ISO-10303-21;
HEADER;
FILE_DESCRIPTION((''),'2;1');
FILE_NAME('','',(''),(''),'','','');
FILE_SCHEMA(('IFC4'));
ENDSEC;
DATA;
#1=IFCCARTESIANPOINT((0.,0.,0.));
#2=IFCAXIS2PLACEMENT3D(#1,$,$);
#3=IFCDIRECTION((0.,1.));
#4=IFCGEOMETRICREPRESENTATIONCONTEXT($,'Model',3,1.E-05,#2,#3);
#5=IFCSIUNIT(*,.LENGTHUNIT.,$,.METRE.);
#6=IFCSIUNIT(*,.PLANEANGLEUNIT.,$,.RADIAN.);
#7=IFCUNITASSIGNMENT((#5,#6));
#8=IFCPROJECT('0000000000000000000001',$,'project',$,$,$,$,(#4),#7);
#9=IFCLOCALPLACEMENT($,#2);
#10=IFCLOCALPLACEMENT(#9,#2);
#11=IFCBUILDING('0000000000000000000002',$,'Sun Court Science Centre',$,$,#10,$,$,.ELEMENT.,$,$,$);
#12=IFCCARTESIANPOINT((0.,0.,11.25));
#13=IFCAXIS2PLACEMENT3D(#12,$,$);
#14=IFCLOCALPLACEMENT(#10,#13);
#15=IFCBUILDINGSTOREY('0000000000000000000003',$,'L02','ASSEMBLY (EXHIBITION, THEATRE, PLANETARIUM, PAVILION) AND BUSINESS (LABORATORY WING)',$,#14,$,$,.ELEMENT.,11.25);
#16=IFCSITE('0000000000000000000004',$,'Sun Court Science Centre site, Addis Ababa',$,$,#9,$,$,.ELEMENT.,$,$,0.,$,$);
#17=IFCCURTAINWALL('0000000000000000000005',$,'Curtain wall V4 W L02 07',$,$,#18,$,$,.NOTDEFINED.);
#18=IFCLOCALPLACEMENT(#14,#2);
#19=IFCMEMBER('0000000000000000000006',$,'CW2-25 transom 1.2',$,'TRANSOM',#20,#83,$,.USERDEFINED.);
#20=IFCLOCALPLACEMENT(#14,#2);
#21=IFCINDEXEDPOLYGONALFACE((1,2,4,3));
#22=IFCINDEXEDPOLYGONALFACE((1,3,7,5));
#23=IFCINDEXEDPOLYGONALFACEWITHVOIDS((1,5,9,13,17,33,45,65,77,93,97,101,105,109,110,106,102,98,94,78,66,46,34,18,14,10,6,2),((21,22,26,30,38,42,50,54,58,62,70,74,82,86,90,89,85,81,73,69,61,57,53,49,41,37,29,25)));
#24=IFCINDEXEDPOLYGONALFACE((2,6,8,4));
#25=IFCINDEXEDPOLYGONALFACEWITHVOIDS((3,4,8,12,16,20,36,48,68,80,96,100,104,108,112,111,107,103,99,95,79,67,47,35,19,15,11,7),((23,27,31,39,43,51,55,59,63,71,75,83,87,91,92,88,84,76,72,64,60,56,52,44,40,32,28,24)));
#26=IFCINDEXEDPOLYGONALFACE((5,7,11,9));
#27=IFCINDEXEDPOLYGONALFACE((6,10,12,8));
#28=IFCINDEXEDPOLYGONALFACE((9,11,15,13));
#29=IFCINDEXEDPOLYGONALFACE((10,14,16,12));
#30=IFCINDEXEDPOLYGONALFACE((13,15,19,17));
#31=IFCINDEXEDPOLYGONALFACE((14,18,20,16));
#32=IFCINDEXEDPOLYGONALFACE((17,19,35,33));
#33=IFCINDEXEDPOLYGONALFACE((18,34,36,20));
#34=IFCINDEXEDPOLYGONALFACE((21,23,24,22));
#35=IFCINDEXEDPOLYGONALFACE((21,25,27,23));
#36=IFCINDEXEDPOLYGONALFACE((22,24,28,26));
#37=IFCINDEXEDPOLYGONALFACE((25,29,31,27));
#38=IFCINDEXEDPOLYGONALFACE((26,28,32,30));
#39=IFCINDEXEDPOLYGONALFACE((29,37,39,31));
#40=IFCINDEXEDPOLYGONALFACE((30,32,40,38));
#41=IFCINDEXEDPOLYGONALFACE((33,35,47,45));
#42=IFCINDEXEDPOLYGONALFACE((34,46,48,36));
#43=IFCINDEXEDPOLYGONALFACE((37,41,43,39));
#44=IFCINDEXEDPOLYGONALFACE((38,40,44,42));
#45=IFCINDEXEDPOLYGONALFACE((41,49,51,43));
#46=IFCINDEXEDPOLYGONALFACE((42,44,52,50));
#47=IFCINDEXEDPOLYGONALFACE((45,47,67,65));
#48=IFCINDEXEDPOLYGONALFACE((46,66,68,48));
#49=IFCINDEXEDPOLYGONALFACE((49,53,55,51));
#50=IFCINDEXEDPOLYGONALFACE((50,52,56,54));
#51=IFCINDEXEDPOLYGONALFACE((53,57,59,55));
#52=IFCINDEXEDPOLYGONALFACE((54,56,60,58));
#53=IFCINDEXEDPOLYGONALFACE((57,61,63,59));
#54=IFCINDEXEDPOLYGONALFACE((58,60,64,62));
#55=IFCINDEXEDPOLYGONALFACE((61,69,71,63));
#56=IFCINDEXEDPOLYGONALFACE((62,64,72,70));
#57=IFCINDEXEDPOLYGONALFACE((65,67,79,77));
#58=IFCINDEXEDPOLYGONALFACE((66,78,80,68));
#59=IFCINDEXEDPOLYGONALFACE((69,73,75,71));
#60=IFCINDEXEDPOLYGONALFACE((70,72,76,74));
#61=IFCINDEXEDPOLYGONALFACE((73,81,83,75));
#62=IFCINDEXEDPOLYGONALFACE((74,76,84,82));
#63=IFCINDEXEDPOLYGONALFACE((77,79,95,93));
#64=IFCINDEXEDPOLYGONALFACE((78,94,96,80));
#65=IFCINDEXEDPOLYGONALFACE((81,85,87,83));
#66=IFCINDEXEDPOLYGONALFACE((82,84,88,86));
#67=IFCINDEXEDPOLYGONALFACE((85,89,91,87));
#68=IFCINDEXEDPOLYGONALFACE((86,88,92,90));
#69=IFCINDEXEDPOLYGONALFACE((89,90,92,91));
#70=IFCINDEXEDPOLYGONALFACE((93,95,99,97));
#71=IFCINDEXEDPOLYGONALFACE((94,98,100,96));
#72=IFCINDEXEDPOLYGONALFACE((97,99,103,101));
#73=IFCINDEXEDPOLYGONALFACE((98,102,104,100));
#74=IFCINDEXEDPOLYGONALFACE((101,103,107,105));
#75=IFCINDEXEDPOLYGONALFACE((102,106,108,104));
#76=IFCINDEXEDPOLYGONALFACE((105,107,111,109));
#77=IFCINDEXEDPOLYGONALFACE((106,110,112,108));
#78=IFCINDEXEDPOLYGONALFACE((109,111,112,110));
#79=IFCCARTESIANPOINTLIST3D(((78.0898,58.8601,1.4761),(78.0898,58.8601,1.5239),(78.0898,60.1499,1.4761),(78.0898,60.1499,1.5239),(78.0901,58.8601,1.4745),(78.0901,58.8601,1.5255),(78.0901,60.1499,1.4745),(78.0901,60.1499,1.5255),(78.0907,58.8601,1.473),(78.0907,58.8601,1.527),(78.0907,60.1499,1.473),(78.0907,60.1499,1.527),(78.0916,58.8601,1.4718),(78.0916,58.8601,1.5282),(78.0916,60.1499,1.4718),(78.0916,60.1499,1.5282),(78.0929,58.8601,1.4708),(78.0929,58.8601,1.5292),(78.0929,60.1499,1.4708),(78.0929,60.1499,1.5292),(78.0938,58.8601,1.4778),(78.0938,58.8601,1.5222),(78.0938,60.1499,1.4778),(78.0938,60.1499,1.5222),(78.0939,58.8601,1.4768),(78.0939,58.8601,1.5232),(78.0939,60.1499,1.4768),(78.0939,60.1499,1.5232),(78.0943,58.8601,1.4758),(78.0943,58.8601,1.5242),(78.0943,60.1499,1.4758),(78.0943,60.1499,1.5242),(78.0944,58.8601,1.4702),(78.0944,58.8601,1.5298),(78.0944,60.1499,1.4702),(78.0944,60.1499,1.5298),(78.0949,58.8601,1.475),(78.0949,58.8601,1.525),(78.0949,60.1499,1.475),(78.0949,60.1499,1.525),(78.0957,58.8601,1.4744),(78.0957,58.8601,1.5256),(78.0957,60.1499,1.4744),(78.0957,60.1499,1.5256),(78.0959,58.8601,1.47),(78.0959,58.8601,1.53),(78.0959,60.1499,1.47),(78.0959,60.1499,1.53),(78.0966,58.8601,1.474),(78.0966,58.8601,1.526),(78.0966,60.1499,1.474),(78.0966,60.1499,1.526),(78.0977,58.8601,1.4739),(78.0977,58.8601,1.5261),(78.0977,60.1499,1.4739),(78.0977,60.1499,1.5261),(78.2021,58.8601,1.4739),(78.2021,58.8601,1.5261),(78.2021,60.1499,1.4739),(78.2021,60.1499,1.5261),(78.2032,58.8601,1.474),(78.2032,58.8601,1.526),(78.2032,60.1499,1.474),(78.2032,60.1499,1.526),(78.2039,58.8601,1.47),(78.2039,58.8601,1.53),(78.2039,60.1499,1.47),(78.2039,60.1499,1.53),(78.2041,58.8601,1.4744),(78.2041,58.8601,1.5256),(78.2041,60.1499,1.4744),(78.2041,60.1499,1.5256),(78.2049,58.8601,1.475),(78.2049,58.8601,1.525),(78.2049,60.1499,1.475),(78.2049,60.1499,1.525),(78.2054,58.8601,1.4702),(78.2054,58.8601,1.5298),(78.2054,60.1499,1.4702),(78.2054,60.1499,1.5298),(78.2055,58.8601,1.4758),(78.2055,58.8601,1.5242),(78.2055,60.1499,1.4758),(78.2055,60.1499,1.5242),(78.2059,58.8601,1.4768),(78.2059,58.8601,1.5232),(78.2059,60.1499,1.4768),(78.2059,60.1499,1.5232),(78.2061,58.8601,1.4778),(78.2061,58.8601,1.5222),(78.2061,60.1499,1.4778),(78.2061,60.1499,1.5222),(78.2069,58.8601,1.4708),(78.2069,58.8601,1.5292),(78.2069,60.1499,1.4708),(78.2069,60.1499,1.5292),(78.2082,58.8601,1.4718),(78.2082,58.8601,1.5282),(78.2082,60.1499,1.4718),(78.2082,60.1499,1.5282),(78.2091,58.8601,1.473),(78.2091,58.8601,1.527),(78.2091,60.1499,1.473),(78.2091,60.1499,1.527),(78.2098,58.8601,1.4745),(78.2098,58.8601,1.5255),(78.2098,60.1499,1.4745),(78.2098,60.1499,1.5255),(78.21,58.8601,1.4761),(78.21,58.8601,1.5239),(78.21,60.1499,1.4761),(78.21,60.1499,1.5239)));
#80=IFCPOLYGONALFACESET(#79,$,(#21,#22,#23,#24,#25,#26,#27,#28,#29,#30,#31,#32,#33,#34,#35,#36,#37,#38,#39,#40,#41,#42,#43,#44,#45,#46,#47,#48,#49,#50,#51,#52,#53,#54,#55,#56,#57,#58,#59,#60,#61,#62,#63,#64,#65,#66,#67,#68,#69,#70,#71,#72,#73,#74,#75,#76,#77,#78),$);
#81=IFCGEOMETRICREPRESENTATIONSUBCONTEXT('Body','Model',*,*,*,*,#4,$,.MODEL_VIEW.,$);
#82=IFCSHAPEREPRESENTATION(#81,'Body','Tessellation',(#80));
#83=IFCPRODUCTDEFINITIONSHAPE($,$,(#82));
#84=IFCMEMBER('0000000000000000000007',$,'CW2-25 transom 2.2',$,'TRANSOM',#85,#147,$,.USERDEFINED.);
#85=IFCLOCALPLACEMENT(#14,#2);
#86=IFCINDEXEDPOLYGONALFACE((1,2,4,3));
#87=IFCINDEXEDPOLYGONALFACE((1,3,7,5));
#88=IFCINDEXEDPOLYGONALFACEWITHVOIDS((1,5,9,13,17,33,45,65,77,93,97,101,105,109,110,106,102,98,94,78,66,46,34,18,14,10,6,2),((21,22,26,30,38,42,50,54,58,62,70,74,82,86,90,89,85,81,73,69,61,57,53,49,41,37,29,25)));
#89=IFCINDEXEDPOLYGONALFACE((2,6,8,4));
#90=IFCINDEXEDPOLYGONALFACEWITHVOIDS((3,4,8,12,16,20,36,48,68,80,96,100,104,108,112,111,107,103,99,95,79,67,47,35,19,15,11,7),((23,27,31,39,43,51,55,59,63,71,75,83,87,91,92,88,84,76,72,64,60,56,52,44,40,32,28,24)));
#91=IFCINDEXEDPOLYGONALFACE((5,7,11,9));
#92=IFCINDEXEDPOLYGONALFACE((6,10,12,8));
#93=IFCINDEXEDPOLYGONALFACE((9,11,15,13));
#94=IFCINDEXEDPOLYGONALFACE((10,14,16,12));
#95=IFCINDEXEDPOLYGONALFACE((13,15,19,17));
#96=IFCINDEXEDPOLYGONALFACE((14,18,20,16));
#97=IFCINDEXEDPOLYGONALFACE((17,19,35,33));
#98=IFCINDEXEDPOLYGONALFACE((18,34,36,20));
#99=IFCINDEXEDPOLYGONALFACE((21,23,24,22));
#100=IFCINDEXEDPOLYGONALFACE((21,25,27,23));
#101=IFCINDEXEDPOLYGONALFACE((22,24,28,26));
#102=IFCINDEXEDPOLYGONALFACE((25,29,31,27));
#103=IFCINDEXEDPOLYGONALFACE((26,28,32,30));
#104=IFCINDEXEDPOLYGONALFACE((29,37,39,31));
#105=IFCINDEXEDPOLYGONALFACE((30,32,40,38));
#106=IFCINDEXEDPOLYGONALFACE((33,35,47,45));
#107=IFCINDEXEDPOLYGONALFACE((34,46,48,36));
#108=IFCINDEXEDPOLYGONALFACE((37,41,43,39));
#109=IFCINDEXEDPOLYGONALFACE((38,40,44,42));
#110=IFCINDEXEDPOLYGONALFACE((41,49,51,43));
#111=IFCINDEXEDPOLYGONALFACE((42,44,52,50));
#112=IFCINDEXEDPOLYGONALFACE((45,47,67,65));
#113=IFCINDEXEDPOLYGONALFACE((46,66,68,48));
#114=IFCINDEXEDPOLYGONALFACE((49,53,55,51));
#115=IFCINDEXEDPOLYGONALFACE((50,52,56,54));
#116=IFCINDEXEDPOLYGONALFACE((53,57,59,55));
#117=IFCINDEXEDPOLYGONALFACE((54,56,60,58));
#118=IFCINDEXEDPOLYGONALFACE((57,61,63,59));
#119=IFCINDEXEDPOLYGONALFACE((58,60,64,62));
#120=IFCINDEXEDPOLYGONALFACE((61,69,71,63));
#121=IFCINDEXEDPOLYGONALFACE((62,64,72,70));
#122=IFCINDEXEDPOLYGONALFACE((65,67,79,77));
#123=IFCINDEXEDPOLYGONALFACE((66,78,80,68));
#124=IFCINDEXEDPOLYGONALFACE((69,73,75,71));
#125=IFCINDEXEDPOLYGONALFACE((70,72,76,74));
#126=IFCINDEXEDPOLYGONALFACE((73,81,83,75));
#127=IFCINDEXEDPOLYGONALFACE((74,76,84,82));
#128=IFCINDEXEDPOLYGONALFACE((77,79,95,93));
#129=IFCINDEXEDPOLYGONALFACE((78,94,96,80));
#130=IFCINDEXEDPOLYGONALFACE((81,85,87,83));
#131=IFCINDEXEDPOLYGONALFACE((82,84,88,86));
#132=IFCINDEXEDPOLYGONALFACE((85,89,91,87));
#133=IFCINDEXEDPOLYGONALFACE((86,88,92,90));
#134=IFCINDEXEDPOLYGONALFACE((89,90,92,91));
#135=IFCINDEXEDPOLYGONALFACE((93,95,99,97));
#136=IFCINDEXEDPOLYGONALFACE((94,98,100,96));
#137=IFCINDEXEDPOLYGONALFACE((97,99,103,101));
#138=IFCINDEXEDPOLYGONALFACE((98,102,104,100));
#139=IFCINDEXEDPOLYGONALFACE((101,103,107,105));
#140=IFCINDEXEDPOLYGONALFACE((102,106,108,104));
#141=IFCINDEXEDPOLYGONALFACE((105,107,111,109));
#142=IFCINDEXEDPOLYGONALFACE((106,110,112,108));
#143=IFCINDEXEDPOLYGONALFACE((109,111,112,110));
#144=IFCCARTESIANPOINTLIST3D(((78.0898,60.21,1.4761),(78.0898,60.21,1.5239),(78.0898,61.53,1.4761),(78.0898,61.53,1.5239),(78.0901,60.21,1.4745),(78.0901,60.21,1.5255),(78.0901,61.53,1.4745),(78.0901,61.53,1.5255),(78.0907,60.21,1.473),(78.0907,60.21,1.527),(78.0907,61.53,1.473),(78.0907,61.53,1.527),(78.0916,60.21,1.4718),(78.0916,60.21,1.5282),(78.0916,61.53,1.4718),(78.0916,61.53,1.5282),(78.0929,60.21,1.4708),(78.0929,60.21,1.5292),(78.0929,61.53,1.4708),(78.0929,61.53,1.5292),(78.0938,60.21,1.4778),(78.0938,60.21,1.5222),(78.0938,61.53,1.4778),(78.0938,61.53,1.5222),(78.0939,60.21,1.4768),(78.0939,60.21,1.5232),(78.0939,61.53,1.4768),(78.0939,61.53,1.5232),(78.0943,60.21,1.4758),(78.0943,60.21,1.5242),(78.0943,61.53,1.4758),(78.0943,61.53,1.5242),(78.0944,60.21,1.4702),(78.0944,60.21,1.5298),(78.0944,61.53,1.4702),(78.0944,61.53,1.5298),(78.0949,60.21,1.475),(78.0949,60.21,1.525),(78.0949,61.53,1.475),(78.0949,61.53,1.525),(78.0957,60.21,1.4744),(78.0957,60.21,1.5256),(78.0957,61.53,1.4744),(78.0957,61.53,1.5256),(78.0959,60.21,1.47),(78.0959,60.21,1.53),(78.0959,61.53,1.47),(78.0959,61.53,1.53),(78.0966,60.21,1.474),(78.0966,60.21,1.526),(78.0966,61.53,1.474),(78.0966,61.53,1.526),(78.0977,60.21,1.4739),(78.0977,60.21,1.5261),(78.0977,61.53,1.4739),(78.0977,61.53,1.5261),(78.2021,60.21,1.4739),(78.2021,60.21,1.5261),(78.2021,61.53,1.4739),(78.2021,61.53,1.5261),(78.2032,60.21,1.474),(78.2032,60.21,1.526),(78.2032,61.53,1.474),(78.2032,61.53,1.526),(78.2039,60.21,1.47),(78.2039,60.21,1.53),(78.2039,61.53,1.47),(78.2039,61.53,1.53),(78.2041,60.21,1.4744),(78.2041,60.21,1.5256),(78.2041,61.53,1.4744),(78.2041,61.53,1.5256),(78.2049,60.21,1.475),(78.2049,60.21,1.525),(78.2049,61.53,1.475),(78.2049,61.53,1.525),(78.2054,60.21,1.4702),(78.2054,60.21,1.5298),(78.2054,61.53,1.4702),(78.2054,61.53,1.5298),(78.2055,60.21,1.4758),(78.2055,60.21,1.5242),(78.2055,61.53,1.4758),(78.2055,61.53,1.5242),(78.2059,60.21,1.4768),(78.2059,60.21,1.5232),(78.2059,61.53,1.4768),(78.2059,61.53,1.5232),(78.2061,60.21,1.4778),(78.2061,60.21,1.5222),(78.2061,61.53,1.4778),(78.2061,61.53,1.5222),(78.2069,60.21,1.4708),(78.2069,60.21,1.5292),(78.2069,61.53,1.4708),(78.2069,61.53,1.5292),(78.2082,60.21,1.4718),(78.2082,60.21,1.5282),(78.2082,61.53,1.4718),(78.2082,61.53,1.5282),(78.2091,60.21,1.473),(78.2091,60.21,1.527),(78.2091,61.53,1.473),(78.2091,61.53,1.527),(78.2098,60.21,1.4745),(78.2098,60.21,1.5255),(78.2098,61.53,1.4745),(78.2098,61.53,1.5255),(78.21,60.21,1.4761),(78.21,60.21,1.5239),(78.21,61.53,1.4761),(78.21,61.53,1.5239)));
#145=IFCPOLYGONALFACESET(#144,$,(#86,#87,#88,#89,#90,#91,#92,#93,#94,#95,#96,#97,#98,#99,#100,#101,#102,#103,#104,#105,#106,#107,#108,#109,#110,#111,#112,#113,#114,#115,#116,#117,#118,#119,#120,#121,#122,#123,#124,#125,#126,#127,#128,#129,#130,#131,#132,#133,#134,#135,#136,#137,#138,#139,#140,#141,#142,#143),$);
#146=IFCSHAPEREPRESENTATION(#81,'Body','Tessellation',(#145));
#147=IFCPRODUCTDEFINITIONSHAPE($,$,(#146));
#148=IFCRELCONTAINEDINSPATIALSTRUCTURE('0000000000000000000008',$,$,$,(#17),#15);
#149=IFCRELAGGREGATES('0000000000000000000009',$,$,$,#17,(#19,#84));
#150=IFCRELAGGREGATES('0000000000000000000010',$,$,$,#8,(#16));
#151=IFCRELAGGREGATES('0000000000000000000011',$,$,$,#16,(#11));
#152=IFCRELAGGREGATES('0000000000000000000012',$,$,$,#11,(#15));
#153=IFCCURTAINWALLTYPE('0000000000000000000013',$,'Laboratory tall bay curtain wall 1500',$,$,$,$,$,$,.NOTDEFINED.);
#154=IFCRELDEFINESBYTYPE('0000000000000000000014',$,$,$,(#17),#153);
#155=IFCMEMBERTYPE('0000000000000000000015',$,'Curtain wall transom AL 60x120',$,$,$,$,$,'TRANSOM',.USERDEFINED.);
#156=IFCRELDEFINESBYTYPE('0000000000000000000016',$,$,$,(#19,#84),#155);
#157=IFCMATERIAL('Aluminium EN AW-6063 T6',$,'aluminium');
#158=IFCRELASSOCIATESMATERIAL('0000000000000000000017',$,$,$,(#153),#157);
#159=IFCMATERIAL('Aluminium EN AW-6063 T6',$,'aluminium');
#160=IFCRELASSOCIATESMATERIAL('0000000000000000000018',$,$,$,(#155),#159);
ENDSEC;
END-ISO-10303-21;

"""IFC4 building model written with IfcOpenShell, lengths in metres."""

from ifc_helpers import new_model, si_unit, direction, frame, origin, origin_2d, place, context, subcontext, project, spatial, hollow_rectangle, extrude, material, material_profile, profile_set, type_object, element, aggregate, save


model = new_model("IFC4")

# Units and contexts
model_context = context("Model", 3, precision=1e-05, world=origin(), true_north=direction((0.0, 1.0)))
body_context = subcontext(model_context, "Body", "Model", "MODEL_VIEW")
ifc_project = project(units=[si_unit("LENGTHUNIT", "METRE"), si_unit("PLANEANGLEUNIT", "RADIAN")], contexts=[model_context])

# Site, building, storey
site_placement = place(None, origin())
site = spatial("IfcSite", under=ifc_project, at=site_placement, Name="Sun Court Science Centre site, Addis Ababa", CompositionType="ELEMENT", RefElevation=0.0)
building_placement = place(site_placement, origin())
building = spatial("IfcBuilding", under=site, at=building_placement, Name="Sun Court Science Centre", CompositionType="ELEMENT")
storey_placement = place(building_placement, frame((0.0, 0.0, 11.25)))
storey = spatial("IfcBuildingStorey", under=building, at=storey_placement, Name="L02", Description="ASSEMBLY (EXHIBITION, THEATRE, PLANETARIUM, PAVILION) AND BUSINESS (LABORATORY WING)", CompositionType="ELEMENT", Elevation=11.25)

# Shared definitions
ifc_material_1 = material(Name="Aluminium EN AW-6063 T6", Category="aluminium")
curtain_wall_type = type_object("IfcCurtainWallType", Name="Laboratory tall bay curtain wall 1500", PredefinedType="NOTDEFINED", material=ifc_material_1)

# Curtain wall
curtain_wall_1_placement = place(storey_placement, origin())
curtain_wall_1 = element("IfcCurtainWall", 1, at=curtain_wall_1_placement, inside=storey, type_object=curtain_wall_type, Name="Curtain wall V4 W L02 07", PredefinedType="NOTDEFINED")

# Members
ifc_material_2 = material(Name="Aluminium EN AW-6063 T6", Category="aluminium")
ifc_material_profile_1 = material_profile(ifc_material_2, hollow_rectangle(XDim=0.0601, YDim=0.1201, WallThickness=0.0039, InnerFilletRadius=0.0039, OuterFilletRadius=0.0061, at=origin_2d()), Name="AL 60x120x4")
ifc_profile_set_1 = profile_set([ifc_material_profile_1], Name="Aluminium EN AW-6063 T6")
member_type_1 = type_object("IfcMemberType", Name="Curtain wall transom AL 60x120", ElementType="TRANSOM", PredefinedType="USERDEFINED", material=ifc_profile_set_1)
member_1_placement = place(storey_placement, frame((78.1499, 58.8601, 1.5), z_axis=(0.0, 1.0, 0.0), x_axis=(0.0, 0.0, 1.0)))
member_1 = element("IfcMember", 2, at=member_1_placement, type_object=member_type_1, Name="CW2-25 transom 1.2", ObjectType="TRANSOM", PredefinedType="USERDEFINED", context=body_context, shape_type="SweptSolid", body=[
    extrude(hollow_rectangle(XDim=0.0601, YDim=0.1201, WallThickness=0.0039, InnerFilletRadius=0.0039, OuterFilletRadius=0.0061, at=origin_2d()), origin(), (0.0, 0.0, 1.0), 1.2898),
])
member_2_placement = place(storey_placement, frame((78.1499, 60.21, 1.5), z_axis=(0.0, 1.0, 0.0), x_axis=(0.0, 0.0, 1.0)))
member_2 = element("IfcMember", 3, at=member_2_placement, type_object=member_type_1, Name="CW2-25 transom 2.2", ObjectType="TRANSOM", PredefinedType="USERDEFINED", context=body_context, shape_type="SweptSolid", body=[
    extrude(hollow_rectangle(XDim=0.0601, YDim=0.1201, WallThickness=0.0039, InnerFilletRadius=0.0039, OuterFilletRadius=0.0061, at=origin_2d()), origin(), (0.0, 0.0, 1.0), 1.3201),
])

aggregate(curtain_wall_1, [member_1, member_2])

save(model, "model.ifc")
